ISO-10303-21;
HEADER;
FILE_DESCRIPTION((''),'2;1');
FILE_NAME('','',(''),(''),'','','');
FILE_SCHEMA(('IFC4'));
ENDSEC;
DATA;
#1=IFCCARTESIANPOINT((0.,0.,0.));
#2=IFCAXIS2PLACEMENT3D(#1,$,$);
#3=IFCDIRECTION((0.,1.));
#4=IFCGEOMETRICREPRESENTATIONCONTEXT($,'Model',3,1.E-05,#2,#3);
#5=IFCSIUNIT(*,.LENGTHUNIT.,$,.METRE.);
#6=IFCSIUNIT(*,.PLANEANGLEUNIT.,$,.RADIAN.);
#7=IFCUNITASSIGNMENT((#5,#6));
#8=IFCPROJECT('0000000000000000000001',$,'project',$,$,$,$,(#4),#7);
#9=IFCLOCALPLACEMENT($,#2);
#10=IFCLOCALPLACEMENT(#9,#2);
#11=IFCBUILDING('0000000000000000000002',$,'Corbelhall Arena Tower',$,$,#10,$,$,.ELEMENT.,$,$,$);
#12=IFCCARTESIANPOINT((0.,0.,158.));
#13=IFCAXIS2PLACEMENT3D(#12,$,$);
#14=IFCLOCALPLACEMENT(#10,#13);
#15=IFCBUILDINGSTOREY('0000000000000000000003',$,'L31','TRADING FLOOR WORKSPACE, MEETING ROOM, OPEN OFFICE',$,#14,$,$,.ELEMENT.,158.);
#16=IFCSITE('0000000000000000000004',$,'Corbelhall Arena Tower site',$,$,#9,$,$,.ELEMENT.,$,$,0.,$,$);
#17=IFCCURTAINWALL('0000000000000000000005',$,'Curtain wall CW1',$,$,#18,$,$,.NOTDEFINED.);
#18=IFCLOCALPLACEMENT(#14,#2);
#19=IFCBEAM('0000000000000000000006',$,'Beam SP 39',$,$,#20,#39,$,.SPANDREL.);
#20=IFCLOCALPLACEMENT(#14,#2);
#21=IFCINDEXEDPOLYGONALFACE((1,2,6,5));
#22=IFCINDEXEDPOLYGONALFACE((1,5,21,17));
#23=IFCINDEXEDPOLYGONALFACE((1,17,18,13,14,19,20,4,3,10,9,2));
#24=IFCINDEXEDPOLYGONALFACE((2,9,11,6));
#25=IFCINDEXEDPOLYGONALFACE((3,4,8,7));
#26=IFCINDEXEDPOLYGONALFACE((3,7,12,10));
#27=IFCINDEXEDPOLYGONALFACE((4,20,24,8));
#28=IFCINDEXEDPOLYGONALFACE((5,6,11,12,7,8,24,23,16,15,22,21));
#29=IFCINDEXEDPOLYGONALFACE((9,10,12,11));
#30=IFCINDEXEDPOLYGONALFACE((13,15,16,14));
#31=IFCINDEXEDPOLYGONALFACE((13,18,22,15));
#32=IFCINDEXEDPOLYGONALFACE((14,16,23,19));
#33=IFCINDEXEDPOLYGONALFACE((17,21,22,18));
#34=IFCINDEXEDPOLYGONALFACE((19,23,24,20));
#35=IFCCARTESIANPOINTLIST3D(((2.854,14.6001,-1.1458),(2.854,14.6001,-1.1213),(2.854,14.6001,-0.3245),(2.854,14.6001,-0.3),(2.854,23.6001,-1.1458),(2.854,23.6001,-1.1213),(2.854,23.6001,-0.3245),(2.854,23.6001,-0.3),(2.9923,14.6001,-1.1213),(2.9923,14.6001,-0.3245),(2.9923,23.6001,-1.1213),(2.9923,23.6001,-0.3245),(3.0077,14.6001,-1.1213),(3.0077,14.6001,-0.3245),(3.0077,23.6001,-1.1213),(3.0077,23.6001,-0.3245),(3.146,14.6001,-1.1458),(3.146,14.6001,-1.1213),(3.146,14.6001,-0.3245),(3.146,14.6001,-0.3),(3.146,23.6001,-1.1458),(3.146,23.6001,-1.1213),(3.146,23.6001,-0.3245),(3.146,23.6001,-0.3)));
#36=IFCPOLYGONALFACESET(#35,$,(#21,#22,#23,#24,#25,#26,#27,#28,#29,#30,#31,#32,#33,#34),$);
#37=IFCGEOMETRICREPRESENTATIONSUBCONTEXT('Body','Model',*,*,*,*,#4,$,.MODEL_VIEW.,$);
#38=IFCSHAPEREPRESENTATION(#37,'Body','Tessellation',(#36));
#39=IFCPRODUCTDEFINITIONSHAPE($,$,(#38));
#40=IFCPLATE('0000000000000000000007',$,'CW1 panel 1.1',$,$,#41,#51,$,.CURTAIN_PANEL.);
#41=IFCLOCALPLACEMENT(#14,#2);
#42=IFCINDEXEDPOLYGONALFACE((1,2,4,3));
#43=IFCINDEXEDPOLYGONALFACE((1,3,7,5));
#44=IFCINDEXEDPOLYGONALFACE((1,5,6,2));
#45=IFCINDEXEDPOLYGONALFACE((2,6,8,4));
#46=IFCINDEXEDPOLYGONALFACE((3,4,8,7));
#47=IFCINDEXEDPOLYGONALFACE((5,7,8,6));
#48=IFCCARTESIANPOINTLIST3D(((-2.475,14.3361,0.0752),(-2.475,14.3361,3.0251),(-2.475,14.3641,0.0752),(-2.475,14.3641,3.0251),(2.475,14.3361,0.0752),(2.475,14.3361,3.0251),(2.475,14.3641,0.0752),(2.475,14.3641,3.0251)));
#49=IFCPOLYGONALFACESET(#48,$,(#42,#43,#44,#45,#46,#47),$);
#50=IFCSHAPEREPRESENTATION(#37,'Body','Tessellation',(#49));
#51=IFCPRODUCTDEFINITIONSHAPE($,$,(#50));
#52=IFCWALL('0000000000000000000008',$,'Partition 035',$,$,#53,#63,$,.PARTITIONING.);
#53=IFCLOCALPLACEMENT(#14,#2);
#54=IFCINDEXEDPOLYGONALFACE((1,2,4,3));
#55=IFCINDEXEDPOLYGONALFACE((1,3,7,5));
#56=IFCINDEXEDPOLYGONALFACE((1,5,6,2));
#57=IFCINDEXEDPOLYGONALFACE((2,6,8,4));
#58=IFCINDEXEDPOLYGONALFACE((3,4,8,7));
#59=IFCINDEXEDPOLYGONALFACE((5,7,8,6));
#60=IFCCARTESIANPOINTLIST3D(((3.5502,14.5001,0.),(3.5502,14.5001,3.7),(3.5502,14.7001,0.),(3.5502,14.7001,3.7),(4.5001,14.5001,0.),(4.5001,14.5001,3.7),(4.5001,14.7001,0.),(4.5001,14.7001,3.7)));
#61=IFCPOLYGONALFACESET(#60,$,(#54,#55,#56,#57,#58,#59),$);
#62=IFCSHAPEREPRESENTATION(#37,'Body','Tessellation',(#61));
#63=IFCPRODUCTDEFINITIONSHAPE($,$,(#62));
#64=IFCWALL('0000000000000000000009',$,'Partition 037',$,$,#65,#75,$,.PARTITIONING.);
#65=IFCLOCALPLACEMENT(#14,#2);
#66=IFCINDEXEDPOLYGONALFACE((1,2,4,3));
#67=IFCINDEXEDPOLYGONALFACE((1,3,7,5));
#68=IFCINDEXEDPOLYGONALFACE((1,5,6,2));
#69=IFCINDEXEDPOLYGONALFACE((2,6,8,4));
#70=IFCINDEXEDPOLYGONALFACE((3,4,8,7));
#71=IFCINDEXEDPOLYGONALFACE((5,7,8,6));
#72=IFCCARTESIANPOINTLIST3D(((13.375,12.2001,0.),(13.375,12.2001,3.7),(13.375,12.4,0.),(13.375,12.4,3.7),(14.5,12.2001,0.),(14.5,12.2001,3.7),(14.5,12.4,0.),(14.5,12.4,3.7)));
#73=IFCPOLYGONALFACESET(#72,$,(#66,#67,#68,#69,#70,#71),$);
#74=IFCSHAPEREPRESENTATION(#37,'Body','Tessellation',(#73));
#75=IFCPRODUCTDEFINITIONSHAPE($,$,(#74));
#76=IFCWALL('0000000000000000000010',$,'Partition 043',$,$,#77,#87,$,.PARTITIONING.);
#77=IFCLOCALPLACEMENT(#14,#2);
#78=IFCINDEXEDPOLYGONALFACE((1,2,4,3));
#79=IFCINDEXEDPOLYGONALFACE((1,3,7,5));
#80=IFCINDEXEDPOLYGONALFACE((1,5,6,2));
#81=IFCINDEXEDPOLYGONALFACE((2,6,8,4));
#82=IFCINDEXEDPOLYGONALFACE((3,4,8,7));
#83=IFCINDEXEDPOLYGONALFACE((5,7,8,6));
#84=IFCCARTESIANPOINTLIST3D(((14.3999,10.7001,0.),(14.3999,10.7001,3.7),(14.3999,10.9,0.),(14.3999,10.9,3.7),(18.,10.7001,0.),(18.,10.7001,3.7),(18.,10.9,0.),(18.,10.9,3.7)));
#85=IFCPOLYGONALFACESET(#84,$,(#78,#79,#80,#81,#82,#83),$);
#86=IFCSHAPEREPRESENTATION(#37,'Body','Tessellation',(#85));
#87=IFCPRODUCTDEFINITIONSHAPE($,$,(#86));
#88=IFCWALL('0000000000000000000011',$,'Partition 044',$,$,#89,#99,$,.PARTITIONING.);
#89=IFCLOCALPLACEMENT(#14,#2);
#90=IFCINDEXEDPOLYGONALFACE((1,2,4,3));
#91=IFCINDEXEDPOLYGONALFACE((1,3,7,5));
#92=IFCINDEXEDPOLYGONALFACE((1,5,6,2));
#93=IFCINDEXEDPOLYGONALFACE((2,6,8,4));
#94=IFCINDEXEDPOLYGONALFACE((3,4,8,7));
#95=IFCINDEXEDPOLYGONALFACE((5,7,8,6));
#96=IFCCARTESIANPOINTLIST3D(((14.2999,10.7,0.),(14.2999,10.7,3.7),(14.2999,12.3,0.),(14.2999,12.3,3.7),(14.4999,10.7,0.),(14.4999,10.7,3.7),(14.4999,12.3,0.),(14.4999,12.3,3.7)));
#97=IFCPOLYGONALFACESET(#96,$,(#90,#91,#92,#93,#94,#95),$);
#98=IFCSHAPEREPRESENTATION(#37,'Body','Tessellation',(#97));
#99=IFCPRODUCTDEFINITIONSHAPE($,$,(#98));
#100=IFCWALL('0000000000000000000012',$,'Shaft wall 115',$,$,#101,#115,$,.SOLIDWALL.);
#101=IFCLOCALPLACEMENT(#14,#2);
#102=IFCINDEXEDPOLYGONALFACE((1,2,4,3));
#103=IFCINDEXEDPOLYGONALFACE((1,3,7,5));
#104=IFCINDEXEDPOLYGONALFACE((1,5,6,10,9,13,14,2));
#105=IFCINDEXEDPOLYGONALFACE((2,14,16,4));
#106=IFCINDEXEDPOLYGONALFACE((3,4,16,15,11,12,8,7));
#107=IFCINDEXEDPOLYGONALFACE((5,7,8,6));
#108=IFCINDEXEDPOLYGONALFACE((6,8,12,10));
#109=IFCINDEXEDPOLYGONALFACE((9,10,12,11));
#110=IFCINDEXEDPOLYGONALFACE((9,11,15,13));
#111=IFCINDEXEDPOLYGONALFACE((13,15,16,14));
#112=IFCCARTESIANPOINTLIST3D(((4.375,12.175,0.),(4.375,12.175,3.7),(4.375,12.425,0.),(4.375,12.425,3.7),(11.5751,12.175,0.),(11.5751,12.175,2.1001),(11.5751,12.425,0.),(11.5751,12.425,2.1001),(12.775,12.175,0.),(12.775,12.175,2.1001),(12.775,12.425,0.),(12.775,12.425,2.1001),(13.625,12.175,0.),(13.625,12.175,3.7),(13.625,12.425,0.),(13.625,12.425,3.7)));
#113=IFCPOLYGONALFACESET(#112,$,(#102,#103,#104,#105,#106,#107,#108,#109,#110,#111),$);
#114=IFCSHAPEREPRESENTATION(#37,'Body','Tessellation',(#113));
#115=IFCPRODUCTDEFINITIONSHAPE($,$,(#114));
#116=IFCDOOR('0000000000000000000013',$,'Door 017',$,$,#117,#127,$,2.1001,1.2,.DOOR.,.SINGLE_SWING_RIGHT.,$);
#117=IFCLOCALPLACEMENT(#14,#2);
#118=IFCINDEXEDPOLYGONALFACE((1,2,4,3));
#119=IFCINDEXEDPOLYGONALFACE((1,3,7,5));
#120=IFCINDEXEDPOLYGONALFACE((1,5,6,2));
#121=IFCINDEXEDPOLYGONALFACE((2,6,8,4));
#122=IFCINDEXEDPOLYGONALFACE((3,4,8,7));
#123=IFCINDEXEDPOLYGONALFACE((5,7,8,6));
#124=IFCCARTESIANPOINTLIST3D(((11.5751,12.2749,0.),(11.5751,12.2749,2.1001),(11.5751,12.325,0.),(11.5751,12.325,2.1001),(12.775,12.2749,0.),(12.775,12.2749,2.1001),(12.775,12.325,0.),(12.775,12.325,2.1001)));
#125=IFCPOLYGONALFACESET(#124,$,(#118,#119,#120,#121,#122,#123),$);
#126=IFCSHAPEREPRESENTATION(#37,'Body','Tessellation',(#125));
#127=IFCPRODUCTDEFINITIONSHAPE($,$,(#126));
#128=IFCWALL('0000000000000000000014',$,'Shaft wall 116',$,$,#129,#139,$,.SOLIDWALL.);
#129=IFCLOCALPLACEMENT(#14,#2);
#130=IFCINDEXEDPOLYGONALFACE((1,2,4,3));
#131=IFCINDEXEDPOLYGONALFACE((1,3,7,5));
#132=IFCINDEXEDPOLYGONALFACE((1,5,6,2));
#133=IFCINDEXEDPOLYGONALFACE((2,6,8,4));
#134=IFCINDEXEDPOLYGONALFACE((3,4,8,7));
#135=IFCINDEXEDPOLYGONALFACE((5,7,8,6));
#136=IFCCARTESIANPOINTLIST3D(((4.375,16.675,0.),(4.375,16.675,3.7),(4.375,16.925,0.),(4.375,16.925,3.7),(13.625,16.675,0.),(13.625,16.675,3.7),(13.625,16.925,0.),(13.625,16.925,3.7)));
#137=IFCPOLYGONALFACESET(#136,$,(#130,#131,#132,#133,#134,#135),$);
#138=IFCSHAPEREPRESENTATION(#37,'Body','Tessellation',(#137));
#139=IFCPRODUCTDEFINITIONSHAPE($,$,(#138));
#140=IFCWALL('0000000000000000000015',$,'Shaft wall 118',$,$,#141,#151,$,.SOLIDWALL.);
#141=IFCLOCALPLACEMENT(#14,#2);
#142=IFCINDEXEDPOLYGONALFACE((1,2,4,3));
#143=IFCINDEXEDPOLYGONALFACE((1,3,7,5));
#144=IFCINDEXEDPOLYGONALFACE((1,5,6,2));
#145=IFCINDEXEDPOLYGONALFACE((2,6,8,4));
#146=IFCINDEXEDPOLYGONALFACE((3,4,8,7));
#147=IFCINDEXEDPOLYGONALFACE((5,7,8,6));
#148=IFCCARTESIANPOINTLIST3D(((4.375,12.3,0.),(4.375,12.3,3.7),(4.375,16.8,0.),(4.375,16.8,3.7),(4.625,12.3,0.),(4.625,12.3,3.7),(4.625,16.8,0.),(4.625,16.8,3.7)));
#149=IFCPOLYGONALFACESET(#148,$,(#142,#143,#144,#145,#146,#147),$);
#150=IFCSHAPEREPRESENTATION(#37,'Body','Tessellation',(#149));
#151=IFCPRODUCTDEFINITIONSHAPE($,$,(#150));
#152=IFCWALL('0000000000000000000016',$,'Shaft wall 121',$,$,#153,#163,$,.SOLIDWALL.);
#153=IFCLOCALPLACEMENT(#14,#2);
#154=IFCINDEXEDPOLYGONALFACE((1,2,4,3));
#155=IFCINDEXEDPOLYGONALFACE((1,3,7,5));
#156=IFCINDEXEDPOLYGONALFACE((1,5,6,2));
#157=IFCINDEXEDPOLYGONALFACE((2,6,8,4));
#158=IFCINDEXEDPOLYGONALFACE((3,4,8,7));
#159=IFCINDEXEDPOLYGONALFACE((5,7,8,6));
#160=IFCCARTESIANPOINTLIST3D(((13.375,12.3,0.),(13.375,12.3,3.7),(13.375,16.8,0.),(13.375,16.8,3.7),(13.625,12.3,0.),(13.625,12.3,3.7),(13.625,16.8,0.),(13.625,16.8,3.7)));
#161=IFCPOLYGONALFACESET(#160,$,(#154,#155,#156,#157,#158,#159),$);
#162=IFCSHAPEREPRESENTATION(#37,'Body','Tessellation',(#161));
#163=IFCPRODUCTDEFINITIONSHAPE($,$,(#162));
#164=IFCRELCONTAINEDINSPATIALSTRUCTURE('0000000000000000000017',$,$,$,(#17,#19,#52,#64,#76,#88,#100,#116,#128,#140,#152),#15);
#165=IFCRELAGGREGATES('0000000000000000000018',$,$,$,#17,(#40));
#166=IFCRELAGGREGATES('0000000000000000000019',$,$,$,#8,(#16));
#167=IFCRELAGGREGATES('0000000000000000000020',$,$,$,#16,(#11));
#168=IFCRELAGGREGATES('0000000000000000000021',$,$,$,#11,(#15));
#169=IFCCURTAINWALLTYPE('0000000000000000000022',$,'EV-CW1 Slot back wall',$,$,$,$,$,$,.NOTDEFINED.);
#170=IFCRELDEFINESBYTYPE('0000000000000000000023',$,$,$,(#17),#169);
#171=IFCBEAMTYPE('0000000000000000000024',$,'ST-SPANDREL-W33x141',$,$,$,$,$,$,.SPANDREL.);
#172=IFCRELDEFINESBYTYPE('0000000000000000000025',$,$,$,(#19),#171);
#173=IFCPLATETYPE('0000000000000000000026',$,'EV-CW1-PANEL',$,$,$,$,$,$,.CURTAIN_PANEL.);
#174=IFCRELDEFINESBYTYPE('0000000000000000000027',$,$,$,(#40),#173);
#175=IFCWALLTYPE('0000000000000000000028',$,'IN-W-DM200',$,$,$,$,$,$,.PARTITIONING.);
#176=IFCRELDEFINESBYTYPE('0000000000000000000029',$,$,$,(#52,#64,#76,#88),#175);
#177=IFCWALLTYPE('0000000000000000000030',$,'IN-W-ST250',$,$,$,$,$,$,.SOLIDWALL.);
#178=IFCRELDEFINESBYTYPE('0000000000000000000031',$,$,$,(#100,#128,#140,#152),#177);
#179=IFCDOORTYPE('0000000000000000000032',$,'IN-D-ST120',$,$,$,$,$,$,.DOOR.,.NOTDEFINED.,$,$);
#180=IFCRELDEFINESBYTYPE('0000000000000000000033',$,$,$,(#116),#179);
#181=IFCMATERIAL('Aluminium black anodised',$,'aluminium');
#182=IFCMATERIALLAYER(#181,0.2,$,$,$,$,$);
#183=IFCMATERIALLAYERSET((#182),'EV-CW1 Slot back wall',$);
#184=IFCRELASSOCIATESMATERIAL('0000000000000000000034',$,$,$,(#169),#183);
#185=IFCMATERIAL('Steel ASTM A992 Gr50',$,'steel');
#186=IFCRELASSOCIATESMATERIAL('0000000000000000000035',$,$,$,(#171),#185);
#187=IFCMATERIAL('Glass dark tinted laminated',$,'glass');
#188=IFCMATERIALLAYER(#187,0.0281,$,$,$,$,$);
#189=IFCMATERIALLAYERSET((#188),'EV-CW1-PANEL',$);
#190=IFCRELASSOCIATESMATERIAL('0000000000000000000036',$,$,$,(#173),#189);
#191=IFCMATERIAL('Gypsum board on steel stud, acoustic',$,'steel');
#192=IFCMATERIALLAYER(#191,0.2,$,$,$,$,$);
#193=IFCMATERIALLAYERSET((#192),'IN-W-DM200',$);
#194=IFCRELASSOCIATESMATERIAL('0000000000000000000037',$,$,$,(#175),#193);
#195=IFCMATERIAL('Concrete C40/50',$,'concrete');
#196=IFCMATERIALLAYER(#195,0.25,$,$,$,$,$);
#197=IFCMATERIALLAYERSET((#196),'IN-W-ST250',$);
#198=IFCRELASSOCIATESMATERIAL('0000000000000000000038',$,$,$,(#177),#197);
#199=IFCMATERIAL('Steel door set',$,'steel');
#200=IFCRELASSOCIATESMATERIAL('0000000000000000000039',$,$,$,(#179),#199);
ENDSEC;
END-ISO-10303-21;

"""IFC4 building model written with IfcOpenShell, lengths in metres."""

from ifc_helpers import new_model, si_unit, direction, frame, frame_2d, origin, origin_2d, place, context, subcontext, project, spatial, rectangle, i_section, extrude, material, layer, layer_set, material_profile, profile_set, type_object, element, fill, aggregate, save


model = new_model("IFC4")

# Units and contexts
model_context = context("Model", 3, precision=1e-05, world=origin(), true_north=direction((0.0, 1.0)))
body_context = subcontext(model_context, "Body", "Model", "MODEL_VIEW")
ifc_project = project(units=[si_unit("LENGTHUNIT", "METRE"), si_unit("PLANEANGLEUNIT", "RADIAN")], contexts=[model_context])

# Site, building, storey
site_placement = place(None, origin())
site = spatial("IfcSite", under=ifc_project, at=site_placement, Name="Corbelhall Arena Tower site", CompositionType="ELEMENT", RefElevation=0.0)
building_placement = place(site_placement, origin())
building = spatial("IfcBuilding", under=site, at=building_placement, Name="Corbelhall Arena Tower", CompositionType="ELEMENT")
storey_placement = place(building_placement, frame((0.0, 0.0, 158.0)))
storey = spatial("IfcBuildingStorey", under=building, at=storey_placement, Name="L31", Description="TRADING FLOOR WORKSPACE, MEETING ROOM, OPEN OFFICE", CompositionType="ELEMENT", Elevation=158.0)

# Curtain wall
ifc_material_1 = material(Name="Aluminium black anodised", Category="aluminium")
ifc_layer_1 = layer(ifc_material_1, 0.2)
ifc_layer_set_1 = layer_set([ifc_layer_1], Name="EV-CW1 Slot back wall")
curtain_wall_type = type_object("IfcCurtainWallType", Name="EV-CW1 Slot back wall", PredefinedType="NOTDEFINED", material=ifc_layer_set_1)
curtain_wall_placement = place(storey_placement, origin())
curtain_wall = element("IfcCurtainWall", 1, at=curtain_wall_placement, inside=storey, type_object=curtain_wall_type, Name="Curtain wall CW1", PredefinedType="NOTDEFINED")

# Beam
ifc_material_2 = material(Name="Steel ASTM A992 Gr50", Category="steel")
ifc_material_profile_1 = material_profile(ifc_material_2, i_section(OverallWidth=0.292, OverallDepth=0.8457, WebThickness=0.0154, FlangeThickness=0.0244, at=origin_2d()))
ifc_profile_set_1 = profile_set([ifc_material_profile_1], Name="Steel ASTM A992 Gr50")
beam_type_1 = type_object("IfcBeamType", Name="ST-SPANDREL-W33x141", PredefinedType="SPANDREL", material=ifc_profile_set_1)
beam_1_placement = place(storey_placement, frame((3.0, 14.6001, -0.7229), z_axis=(0.0, 1.0, 0.0), x_axis=(-1.0, 0.0, 0.0)))
element("IfcBeam", 2, at=beam_1_placement, inside=storey, type_object=beam_type_1, Name="Beam SP 39", PredefinedType="SPANDREL", context=body_context, shape_type="SweptSolid", body=[
    extrude(i_section(OverallWidth=0.292, OverallDepth=0.8457, WebThickness=0.0154, FlangeThickness=0.0244, at=origin_2d()), origin(), (0.0, 0.0, 1.0), 9.0),
])

# Plate
ifc_material_3 = material(Name="Glass dark tinted laminated", Category="glass")
ifc_layer_2 = layer(ifc_material_3, 0.0281)
ifc_layer_set_2 = layer_set([ifc_layer_2], Name="EV-CW1-PANEL")
plate_type = type_object("IfcPlateType", Name="EV-CW1-PANEL", PredefinedType="CURTAIN_PANEL", material=ifc_layer_set_2)
plate_placement = place(storey_placement, frame((0.0, 14.3501, 0.0752), z_axis=(0.0, 0.0, 1.0), x_axis=(-1.0, 0.0, 0.0)))
plate = element("IfcPlate", 3, at=plate_placement, type_object=plate_type, Name="CW1 panel 1.1", PredefinedType="CURTAIN_PANEL", context=body_context, shape_type="SweptSolid", body=[
    extrude(rectangle(XDim=4.95, YDim=0.0281, at=origin_2d()), origin(), (0.0, 0.0, 1.0), 2.95),
])
aggregate(curtain_wall, [plate])

# Walls
ifc_material_4 = material(Name="Gypsum board on steel stud, acoustic", Category="steel")
ifc_layer_3 = layer(ifc_material_4, 0.2)
ifc_layer_set_3 = layer_set([ifc_layer_3], Name="IN-W-DM200")
wall_type_1 = type_object("IfcWallType", Name="IN-W-DM200", PredefinedType="PARTITIONING", material=ifc_layer_set_3)
wall_1_placement = place(storey_placement, frame((3.55, 14.6001, 0.0), z_axis=(0.0, 0.0, 1.0), x_axis=(1.0, 0.0, 0.0)))
element("IfcWall", 4, at=wall_1_placement, inside=storey, type_object=wall_type_1, Name="Partition 035", PredefinedType="PARTITIONING", context=body_context, shape_type="SweptSolid", body=[
    extrude(rectangle(XDim=0.95, YDim=0.2, at=frame_2d((0.4751, 0.0))), origin(), (0.0, 0.0, 1.0), 3.7),
])
wall_2_placement = place(storey_placement, frame((13.375, 12.3, 0.0), z_axis=(0.0, 0.0, 1.0), x_axis=(1.0, 0.0, 0.0)))
element("IfcWall", 5, at=wall_2_placement, inside=storey, type_object=wall_type_1, Name="Partition 037", PredefinedType="PARTITIONING", context=body_context, shape_type="SweptSolid", body=[
    extrude(rectangle(XDim=1.125, YDim=0.2, at=frame_2d((0.5625, 0.0))), origin(), (0.0, 0.0, 1.0), 3.7),
])
wall_3_placement = place(storey_placement, frame((14.3999, 10.8, 0.0), z_axis=(0.0, 0.0, 1.0), x_axis=(1.0, 0.0, 0.0)))
element("IfcWall", 6, at=wall_3_placement, inside=storey, type_object=wall_type_1, Name="Partition 043", PredefinedType="PARTITIONING", context=body_context, shape_type="SweptSolid", body=[
    extrude(rectangle(XDim=3.6001, YDim=0.2, at=frame_2d((1.8, 0.0))), origin(), (0.0, 0.0, 1.0), 3.7),
])
wall_4_placement = place(storey_placement, frame((14.3999, 12.3, 0.0), z_axis=(0.0, 0.0, 1.0), x_axis=(0.0, -1.0, 0.0)))
element("IfcWall", 7, at=wall_4_placement, inside=storey, type_object=wall_type_1, Name="Partition 044", PredefinedType="PARTITIONING", context=body_context, shape_type="SweptSolid", body=[
    extrude(rectangle(XDim=1.6001, YDim=0.2, at=frame_2d((0.8, 0.0))), origin(), (0.0, 0.0, 1.0), 3.7),
])

# Wall, opening, door
ifc_material_5 = material(Name="Concrete C40/50", Category="concrete")
ifc_layer_4 = layer(ifc_material_5, 0.25)
ifc_layer_set_4 = layer_set([ifc_layer_4], Name="IN-W-ST250")
wall_type_2 = type_object("IfcWallType", Name="IN-W-ST250", PredefinedType="SOLIDWALL", material=ifc_layer_set_4)
wall_5_placement = place(storey_placement, frame((4.375, 12.3, 0.0), z_axis=(0.0, 0.0, 1.0), x_axis=(1.0, 0.0, 0.0)))
wall_5 = element("IfcWall", 8, at=wall_5_placement, inside=storey, type_object=wall_type_2, Name="Shaft wall 115", PredefinedType="SOLIDWALL", context=body_context, shape_type="SweptSolid", body=[
    extrude(rectangle(XDim=9.25, YDim=0.25, at=frame_2d((4.625, 0.0))), origin(), (0.0, 0.0, 1.0), 3.7),
])
opening_1_placement = place(wall_5_placement, frame((7.2, 0.0, 0.0)))
opening_1 = element("IfcOpeningElement", 9, at=opening_1_placement, cuts=wall_5, PredefinedType="OPENING", context=body_context, shape_type="SweptSolid", body=[
    extrude(rectangle(XDim=1.2, YDim=2.1001, at=frame_2d((0.6001, 1.05))), frame((0.0, 0.125, 0.0), z_axis=(0.0, -1.0, 0.0), x_axis=(1.0, 0.0, 0.0)), (0.0, 0.0, 1.0), 0.25),
])
ifc_material_6 = material(Name="Steel door set", Category="steel")
door_type = type_object("IfcDoorType", Name="IN-D-ST120", OperationType="NOTDEFINED", PredefinedType="DOOR", material=ifc_material_6)
door_placement = place(opening_1_placement, origin())
door = element("IfcDoor", 10, at=door_placement, inside=storey, type_object=door_type, Name="Door 017", OperationType="SINGLE_SWING_RIGHT", OverallHeight=2.1001, OverallWidth=1.2, PredefinedType="DOOR", context=body_context, shape_type="SweptSolid", body=[
    extrude(rectangle(XDim=1.2, YDim=2.1001, at=frame_2d((0.6001, 1.05))), frame((0.0, 0.0249, 0.0), z_axis=(0.0, -1.0, 0.0), x_axis=(1.0, 0.0, 0.0)), (0.0, 0.0, 1.0), 0.05),
])
fill(opening_1, door)

# Walls
wall_6_placement = place(storey_placement, frame((4.375, 16.8, 0.0), z_axis=(0.0, 0.0, 1.0), x_axis=(1.0, 0.0, 0.0)))
element("IfcWall", 11, at=wall_6_placement, inside=storey, type_object=wall_type_2, Name="Shaft wall 116", PredefinedType="SOLIDWALL", context=body_context, shape_type="SweptSolid", body=[
    extrude(rectangle(XDim=9.25, YDim=0.25, at=frame_2d((4.625, 0.0))), origin(), (0.0, 0.0, 1.0), 3.7),
])
for number, where, z_axis, x_axis, name in (
    (12, (4.5, 12.3, 0.0), (0.0, 0.0, 1.0), (0.0, 1.0, 0.0), "Shaft wall 118"),
    (13, (13.5, 16.8, 0.0), (0.0, 0.0, 1.0), (0.0, -1.0, 0.0), "Shaft wall 121"),
):
    element("IfcWall", number, at=place(storey_placement, frame(where, z_axis=z_axis, x_axis=x_axis)), inside=storey, type_object=wall_type_2, Name=name, PredefinedType="SOLIDWALL", context=body_context, shape_type="SweptSolid", body=[
        extrude(rectangle(XDim=4.5, YDim=0.25, at=frame_2d((2.25, 0.0))), origin(), (0.0, 0.0, 1.0), 3.7),
    ])

save(model, "model.ifc")
